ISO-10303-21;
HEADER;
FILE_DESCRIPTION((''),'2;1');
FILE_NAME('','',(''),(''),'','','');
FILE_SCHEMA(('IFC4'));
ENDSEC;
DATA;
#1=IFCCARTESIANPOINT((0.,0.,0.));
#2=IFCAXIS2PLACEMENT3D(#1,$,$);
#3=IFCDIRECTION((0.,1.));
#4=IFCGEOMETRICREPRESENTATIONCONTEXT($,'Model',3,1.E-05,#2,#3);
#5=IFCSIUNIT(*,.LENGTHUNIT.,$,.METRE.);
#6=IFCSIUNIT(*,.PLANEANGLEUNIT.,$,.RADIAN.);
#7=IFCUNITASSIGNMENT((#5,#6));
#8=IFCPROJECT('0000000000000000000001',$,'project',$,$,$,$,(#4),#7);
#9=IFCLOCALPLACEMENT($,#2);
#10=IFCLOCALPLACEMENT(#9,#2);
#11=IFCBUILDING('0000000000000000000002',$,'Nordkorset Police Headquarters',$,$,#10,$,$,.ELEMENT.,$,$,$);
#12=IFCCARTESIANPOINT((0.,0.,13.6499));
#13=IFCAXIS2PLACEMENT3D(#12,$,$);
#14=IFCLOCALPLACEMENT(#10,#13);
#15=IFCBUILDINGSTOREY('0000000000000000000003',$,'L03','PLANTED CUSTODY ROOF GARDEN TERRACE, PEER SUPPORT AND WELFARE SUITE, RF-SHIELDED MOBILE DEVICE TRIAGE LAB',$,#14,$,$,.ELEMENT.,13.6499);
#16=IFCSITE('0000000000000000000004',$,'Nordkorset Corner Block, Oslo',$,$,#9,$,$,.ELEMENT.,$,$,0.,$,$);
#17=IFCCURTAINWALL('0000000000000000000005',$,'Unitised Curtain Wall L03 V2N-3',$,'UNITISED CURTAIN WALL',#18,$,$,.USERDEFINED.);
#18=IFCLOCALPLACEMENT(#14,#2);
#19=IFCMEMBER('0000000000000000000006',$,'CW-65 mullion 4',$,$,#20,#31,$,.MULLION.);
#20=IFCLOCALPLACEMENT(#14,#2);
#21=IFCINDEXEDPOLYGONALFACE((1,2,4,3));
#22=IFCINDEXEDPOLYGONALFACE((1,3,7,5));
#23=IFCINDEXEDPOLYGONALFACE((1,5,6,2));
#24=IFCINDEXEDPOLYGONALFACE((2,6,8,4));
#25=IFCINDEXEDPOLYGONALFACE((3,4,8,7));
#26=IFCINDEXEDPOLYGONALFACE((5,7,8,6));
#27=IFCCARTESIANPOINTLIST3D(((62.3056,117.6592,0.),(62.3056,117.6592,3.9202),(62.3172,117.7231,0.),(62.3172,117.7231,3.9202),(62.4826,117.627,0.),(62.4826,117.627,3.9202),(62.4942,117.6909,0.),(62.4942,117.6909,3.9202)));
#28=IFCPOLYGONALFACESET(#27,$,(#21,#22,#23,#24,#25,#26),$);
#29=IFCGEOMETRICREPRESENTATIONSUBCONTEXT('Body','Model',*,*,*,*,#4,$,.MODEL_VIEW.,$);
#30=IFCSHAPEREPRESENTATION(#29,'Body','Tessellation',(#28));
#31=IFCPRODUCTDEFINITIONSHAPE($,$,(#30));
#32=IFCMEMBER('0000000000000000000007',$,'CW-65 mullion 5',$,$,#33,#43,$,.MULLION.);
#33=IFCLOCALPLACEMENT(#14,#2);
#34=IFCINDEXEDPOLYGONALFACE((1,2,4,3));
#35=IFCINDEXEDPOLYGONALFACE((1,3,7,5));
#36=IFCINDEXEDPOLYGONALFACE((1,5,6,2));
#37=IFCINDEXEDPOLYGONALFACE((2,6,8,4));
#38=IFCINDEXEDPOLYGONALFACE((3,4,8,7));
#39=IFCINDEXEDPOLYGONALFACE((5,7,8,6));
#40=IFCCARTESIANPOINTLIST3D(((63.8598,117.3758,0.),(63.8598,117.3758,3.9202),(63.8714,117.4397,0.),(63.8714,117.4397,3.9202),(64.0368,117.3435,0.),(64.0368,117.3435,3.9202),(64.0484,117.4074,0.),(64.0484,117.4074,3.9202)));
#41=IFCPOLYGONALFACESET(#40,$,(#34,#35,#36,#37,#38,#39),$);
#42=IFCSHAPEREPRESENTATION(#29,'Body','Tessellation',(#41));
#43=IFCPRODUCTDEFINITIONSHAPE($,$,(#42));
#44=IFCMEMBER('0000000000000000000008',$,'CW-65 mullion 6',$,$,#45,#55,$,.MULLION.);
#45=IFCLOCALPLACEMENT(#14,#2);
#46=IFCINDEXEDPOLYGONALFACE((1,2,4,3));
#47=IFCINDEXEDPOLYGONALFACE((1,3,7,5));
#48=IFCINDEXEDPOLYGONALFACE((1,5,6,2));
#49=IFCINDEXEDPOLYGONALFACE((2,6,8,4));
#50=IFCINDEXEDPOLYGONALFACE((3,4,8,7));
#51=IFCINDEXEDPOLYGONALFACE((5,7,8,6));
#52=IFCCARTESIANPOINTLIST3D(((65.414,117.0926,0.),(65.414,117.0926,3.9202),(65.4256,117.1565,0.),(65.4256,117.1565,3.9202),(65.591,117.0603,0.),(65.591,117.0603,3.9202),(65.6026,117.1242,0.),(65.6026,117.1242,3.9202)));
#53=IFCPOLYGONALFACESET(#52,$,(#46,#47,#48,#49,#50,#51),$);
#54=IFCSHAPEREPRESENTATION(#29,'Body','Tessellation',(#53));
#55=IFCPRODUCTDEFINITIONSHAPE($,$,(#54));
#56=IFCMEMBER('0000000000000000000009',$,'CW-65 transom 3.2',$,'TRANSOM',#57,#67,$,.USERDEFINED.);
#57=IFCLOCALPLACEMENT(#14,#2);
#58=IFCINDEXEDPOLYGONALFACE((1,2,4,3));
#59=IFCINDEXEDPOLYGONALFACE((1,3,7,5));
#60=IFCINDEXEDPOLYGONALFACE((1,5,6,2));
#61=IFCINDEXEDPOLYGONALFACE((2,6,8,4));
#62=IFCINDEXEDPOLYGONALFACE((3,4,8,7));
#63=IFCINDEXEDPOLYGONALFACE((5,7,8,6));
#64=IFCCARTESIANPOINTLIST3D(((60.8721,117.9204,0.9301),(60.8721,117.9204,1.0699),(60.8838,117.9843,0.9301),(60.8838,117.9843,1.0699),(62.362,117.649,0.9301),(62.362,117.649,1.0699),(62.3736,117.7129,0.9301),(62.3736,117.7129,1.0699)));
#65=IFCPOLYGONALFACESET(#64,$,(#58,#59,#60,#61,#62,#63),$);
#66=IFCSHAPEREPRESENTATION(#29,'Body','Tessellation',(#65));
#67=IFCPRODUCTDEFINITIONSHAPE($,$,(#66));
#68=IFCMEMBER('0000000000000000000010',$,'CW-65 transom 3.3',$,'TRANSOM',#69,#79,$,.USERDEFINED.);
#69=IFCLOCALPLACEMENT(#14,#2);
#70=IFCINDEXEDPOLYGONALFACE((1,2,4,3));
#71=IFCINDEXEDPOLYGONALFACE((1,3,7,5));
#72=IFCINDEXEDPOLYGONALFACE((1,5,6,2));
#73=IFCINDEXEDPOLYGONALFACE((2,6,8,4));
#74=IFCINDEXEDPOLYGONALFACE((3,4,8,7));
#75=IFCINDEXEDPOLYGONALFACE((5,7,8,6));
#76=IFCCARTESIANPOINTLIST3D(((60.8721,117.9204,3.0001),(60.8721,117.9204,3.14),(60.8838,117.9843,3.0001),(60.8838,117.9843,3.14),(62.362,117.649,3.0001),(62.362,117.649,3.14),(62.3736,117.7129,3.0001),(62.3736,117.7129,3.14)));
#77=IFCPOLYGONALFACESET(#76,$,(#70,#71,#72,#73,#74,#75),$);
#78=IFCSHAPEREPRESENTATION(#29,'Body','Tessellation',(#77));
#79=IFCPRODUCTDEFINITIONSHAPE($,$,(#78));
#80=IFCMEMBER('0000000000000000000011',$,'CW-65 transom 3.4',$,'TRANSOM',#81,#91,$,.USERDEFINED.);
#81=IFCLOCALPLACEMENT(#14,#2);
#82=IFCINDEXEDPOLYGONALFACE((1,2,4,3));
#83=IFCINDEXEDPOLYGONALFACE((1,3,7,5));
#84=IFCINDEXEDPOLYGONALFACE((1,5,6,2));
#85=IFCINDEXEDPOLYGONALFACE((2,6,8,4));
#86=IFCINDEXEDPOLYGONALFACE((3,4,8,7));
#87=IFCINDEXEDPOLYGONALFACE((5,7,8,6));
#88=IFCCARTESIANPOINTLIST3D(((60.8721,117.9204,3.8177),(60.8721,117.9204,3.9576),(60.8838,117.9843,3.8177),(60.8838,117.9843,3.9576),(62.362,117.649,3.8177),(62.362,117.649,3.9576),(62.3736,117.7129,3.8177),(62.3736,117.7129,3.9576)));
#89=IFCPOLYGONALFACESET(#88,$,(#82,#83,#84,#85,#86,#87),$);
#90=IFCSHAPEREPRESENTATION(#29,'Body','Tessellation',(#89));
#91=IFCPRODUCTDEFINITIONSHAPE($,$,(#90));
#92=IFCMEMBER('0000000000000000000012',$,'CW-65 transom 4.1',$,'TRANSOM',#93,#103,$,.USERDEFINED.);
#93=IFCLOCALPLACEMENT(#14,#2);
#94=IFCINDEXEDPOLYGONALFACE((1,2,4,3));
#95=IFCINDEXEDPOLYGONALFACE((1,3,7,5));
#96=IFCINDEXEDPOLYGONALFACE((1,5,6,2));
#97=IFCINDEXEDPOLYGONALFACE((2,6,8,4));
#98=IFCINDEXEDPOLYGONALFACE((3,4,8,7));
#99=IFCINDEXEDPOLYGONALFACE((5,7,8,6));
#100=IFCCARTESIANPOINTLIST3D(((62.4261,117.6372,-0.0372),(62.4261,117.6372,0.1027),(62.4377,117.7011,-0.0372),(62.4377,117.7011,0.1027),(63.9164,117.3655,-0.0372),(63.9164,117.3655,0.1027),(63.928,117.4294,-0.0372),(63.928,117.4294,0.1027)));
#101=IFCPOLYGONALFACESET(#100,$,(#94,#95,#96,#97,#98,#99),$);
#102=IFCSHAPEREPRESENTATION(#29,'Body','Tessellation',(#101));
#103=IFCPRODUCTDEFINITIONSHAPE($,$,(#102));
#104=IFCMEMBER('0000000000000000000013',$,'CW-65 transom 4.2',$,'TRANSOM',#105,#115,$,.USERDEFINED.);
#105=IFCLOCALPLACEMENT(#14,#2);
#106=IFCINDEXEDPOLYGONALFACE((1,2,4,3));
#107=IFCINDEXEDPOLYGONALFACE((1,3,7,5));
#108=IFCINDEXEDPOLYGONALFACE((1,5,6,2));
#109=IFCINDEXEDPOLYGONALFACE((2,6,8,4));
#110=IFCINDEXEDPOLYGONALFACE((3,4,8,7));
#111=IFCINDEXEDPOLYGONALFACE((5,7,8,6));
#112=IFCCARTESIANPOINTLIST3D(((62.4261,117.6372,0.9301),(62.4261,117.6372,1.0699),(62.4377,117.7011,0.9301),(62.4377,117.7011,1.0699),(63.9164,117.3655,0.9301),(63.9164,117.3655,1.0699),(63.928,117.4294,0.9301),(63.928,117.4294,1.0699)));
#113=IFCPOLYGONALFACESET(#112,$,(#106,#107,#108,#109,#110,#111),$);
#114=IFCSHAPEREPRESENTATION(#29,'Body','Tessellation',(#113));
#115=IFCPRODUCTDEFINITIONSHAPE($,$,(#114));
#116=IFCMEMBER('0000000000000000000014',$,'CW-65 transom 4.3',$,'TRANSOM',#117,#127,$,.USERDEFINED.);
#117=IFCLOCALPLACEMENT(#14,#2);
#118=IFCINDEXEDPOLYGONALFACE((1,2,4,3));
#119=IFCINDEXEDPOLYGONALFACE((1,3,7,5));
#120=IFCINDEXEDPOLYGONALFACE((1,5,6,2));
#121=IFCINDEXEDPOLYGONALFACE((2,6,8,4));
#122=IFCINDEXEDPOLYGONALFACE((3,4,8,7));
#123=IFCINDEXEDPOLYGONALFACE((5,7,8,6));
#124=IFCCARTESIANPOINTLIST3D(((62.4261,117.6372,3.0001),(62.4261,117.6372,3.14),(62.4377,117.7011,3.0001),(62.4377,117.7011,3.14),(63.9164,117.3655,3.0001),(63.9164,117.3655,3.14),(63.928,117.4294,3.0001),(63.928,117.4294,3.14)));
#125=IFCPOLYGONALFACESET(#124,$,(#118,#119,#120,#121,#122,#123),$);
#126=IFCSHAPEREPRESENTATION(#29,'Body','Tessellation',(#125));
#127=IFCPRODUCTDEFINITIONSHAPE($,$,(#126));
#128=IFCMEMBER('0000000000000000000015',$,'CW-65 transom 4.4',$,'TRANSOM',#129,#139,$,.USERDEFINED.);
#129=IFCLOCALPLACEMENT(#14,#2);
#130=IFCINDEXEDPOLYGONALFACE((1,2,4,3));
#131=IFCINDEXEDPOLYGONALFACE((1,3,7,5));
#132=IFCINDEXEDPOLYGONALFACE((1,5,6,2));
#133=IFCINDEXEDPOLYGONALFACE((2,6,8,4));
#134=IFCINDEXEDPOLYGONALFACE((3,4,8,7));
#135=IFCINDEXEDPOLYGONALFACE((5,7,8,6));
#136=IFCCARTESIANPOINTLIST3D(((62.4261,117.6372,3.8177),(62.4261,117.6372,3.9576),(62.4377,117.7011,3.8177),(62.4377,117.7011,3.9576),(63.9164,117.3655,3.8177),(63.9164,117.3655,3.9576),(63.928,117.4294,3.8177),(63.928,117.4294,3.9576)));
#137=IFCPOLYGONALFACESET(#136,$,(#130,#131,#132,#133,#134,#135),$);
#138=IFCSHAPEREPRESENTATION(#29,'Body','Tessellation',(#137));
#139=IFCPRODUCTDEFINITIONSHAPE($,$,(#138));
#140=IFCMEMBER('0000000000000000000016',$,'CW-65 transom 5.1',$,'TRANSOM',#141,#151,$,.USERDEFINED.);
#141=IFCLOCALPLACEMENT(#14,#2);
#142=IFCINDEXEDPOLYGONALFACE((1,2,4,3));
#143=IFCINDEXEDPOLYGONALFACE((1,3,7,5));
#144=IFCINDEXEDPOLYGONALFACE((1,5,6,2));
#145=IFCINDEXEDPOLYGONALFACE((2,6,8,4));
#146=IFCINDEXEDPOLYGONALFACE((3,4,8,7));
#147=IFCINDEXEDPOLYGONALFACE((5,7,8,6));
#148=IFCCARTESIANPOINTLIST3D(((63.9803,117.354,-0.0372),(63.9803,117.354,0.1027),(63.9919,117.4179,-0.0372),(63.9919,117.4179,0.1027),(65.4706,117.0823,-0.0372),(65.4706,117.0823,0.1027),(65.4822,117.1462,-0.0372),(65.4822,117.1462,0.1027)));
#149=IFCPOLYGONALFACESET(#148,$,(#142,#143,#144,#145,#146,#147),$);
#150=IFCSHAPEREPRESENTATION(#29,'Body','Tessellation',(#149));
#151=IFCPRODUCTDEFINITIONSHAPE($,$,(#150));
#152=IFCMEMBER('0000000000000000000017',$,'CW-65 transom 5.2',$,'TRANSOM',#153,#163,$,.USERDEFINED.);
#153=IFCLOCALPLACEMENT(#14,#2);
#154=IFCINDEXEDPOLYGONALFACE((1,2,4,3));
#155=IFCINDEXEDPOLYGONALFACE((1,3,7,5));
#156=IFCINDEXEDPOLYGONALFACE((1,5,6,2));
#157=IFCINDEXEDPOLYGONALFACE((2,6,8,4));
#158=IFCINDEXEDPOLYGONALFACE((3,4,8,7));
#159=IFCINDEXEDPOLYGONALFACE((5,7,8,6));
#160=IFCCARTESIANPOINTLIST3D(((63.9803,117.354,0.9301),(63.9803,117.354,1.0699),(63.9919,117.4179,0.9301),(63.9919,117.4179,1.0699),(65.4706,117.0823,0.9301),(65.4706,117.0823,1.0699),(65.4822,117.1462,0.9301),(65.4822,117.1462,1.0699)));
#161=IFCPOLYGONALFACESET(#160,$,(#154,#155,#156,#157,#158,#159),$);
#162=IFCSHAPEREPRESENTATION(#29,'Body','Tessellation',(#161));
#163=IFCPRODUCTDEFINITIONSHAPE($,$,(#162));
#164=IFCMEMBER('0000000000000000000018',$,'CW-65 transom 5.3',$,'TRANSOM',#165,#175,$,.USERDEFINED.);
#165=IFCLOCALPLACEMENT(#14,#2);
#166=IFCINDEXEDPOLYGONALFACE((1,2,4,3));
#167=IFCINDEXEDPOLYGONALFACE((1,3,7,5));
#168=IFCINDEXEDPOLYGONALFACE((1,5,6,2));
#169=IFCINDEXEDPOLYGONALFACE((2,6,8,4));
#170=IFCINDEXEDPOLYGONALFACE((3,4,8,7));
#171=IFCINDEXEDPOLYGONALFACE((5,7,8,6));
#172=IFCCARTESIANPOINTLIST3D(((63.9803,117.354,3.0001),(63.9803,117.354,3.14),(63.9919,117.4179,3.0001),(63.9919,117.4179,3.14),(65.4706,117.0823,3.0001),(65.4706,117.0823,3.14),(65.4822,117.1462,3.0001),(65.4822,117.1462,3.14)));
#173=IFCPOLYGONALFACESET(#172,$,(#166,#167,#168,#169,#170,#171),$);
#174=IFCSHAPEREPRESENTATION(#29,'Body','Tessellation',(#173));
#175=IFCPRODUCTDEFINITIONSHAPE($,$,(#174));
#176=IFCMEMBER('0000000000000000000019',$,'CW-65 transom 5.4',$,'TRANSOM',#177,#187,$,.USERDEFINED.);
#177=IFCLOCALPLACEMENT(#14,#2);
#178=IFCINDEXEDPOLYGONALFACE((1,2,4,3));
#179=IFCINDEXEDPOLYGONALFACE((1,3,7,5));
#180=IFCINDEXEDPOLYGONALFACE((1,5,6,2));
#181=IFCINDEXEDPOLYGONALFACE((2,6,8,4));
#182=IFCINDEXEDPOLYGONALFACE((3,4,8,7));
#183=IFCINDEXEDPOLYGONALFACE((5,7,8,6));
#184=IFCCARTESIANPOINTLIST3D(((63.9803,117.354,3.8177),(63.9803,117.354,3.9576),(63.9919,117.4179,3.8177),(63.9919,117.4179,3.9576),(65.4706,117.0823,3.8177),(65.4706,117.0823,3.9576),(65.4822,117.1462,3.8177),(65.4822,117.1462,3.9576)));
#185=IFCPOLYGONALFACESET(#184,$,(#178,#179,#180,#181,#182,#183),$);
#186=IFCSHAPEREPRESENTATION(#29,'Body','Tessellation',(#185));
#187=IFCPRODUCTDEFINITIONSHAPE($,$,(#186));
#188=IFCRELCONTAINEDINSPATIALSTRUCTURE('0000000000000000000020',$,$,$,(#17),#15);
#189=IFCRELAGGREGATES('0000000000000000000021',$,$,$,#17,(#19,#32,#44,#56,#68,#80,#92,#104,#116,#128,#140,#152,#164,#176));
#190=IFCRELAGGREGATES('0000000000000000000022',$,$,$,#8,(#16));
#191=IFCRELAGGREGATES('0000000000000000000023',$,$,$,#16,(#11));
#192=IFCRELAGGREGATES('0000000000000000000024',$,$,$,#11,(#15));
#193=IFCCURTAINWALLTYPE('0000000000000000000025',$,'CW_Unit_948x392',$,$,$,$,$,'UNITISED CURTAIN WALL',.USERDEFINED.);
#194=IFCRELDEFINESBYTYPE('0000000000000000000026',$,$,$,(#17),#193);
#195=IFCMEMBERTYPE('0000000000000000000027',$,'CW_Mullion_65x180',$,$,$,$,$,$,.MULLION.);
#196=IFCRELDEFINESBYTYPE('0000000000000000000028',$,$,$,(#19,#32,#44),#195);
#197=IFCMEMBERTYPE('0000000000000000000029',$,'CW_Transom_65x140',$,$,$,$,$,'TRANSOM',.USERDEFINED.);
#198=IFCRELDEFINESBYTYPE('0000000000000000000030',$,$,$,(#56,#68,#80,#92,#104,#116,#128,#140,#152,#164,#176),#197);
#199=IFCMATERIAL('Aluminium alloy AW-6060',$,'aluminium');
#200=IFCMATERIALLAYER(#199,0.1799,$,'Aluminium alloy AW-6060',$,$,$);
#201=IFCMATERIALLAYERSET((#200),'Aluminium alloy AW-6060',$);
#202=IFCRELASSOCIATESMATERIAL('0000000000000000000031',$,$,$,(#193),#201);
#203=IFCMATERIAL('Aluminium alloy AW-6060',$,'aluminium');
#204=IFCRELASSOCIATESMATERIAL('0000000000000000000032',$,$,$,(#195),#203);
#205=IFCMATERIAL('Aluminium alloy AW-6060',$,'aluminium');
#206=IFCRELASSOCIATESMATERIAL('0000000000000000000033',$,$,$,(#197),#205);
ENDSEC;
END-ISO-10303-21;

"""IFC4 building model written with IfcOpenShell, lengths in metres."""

from ifc_helpers import new_model, si_unit, direction, frame, origin, origin_2d, place, context, subcontext, project, spatial, rectangle, extrude, material, layer, layer_set, material_profile, profile_set, type_object, element, aggregate, save


model = new_model("IFC4")

# Units and contexts
model_context = context("Model", 3, precision=1e-05, world=origin(), true_north=direction((0.0, 1.0)))
body_context = subcontext(model_context, "Body", "Model", "MODEL_VIEW")
ifc_project = project(units=[si_unit("LENGTHUNIT", "METRE"), si_unit("PLANEANGLEUNIT", "RADIAN")], contexts=[model_context])

# Site, building, storey
site_placement = place(None, origin())
site = spatial("IfcSite", under=ifc_project, at=site_placement, Name="Nordkorset Corner Block, Oslo", CompositionType="ELEMENT", RefElevation=0.0)
building_placement = place(site_placement, origin())
building = spatial("IfcBuilding", under=site, at=building_placement, Name="Nordkorset Police Headquarters", CompositionType="ELEMENT")
storey_placement = place(building_placement, frame((0.0, 0.0, 13.6499)))
storey = spatial("IfcBuildingStorey", under=building, at=storey_placement, Name="L03", Description="PLANTED CUSTODY ROOF GARDEN TERRACE, PEER SUPPORT AND WELFARE SUITE, RF-SHIELDED MOBILE DEVICE TRIAGE LAB", CompositionType="ELEMENT", Elevation=13.6499)

# Curtain wall, members
ifc_material_1 = material(Name="Aluminium alloy AW-6060", Category="aluminium")
ifc_layer_1 = layer(ifc_material_1, 0.1799, Name="Aluminium alloy AW-6060")
ifc_layer_set_1 = layer_set([ifc_layer_1], Name="Aluminium alloy AW-6060")
curtain_wall_type = type_object("IfcCurtainWallType", Name="CW_Unit_948x392", ElementType="UNITISED CURTAIN WALL", PredefinedType="USERDEFINED", material=ifc_layer_set_1)
curtain_wall_placement = place(storey_placement, origin())
curtain_wall = element("IfcCurtainWall", 1, at=curtain_wall_placement, inside=storey, type_object=curtain_wall_type, Name="Unitised Curtain Wall L03 V2N-3", ObjectType="UNITISED CURTAIN WALL", PredefinedType="USERDEFINED")
ifc_material_2 = material(Name="Aluminium alloy AW-6060", Category="aluminium")
ifc_material_profile_1 = material_profile(ifc_material_2, rectangle(XDim=0.0649, YDim=0.1799, at=origin_2d()), Name="ALU MULL 65x180")
ifc_profile_set_1 = profile_set([ifc_material_profile_1], Name="Aluminium alloy AW-6060")
member_type_1 = type_object("IfcMemberType", Name="CW_Mullion_65x180", PredefinedType="MULLION", material=ifc_profile_set_1)
member_1_placement = place(storey_placement, frame((62.3999, 117.675, 0.0), z_axis=(0.0, 0.0, 1.0), x_axis=(0.179336, 0.983788, 0.0)))
member_1 = element("IfcMember", 2, at=member_1_placement, type_object=member_type_1, Name="CW-65 mullion 4", PredefinedType="MULLION", context=body_context, shape_type="SweptSolid", body=[
    extrude(rectangle(XDim=0.0649, YDim=0.1799, at=origin_2d()), origin(), (0.0, 0.0, 1.0), 3.9202),
])
member_2_placement = place(storey_placement, frame((63.9541, 117.3916, 0.0), z_axis=(0.0, 0.0, 1.0), x_axis=(0.179336, 0.983788, 0.0)))
member_2 = element("IfcMember", 3, at=member_2_placement, type_object=member_type_1, Name="CW-65 mullion 5", PredefinedType="MULLION", context=body_context, shape_type="SweptSolid", body=[
    extrude(rectangle(XDim=0.0649, YDim=0.1799, at=origin_2d()), origin(), (0.0, 0.0, 1.0), 3.9202),
])
member_3_placement = place(storey_placement, frame((65.5083, 117.1084, 0.0), z_axis=(0.0, 0.0, 1.0), x_axis=(0.179336, 0.983788, 0.0)))
member_3 = element("IfcMember", 4, at=member_3_placement, type_object=member_type_1, Name="CW-65 mullion 6", PredefinedType="MULLION", context=body_context, shape_type="SweptSolid", body=[
    extrude(rectangle(XDim=0.0649, YDim=0.1799, at=origin_2d()), origin(), (0.0, 0.0, 1.0), 3.9202),
])
ifc_material_3 = material(Name="Aluminium alloy AW-6060", Category="aluminium")
ifc_material_profile_2 = material_profile(ifc_material_3, rectangle(XDim=0.0649, YDim=0.1399, at=origin_2d()), Name="ALU TRAN 65x140")
ifc_profile_set_2 = profile_set([ifc_material_profile_2], Name="Aluminium alloy AW-6060")
member_type_2 = type_object("IfcMemberType", Name="CW_Transom_65x140", ElementType="TRANSOM", PredefinedType="USERDEFINED", material=ifc_profile_set_2)
member_4_placement = place(storey_placement, frame((60.8779, 117.9524, 1.0), z_axis=(0.983803, -0.179254, 0.0), x_axis=(0.179254, 0.983803, 0.0)))
member_4 = element("IfcMember", 5, at=member_4_placement, type_object=member_type_2, Name="CW-65 transom 3.2", ObjectType="TRANSOM", PredefinedType="USERDEFINED", context=body_context, shape_type="SweptSolid", body=[
    extrude(rectangle(XDim=0.0649, YDim=0.1399, at=origin_2d()), origin(), (0.0, 0.0, 1.0), 1.5144),
])
member_5_placement = place(storey_placement, frame((60.8779, 117.9524, 3.0701), z_axis=(0.983803, -0.179254, 0.0), x_axis=(0.179254, 0.983803, 0.0)))
member_5 = element("IfcMember", 6, at=member_5_placement, type_object=member_type_2, Name="CW-65 transom 3.3", ObjectType="TRANSOM", PredefinedType="USERDEFINED", context=body_context, shape_type="SweptSolid", body=[
    extrude(rectangle(XDim=0.0649, YDim=0.1399, at=origin_2d()), origin(), (0.0, 0.0, 1.0), 1.5144),
])
member_6_placement = place(storey_placement, frame((60.8779, 117.9524, 3.8877), z_axis=(0.983803, -0.179254, 0.0), x_axis=(0.179254, 0.983803, 0.0)))
member_6 = element("IfcMember", 7, at=member_6_placement, type_object=member_type_2, Name="CW-65 transom 3.4", ObjectType="TRANSOM", PredefinedType="USERDEFINED", context=body_context, shape_type="SweptSolid", body=[
    extrude(rectangle(XDim=0.0649, YDim=0.1399, at=origin_2d()), origin(), (0.0, 0.0, 1.0), 1.5144),
])
member_7_placement = place(storey_placement, frame((62.4319, 117.6692, 0.0327), z_axis=(0.98378, -0.179382, 0.0), x_axis=(0.179382, 0.98378, 0.0)))
member_7 = element("IfcMember", 8, at=member_7_placement, type_object=member_type_2, Name="CW-65 transom 4.1", ObjectType="TRANSOM", PredefinedType="USERDEFINED", context=body_context, shape_type="SweptSolid", body=[
    extrude(rectangle(XDim=0.0649, YDim=0.1399, at=origin_2d()), origin(), (0.0, 0.0, 1.0), 1.5149),
])
member_8_placement = place(storey_placement, frame((62.4319, 117.6692, 1.0), z_axis=(0.98378, -0.179382, 0.0), x_axis=(0.179382, 0.98378, 0.0)))
member_8 = element("IfcMember", 9, at=member_8_placement, type_object=member_type_2, Name="CW-65 transom 4.2", ObjectType="TRANSOM", PredefinedType="USERDEFINED", context=body_context, shape_type="SweptSolid", body=[
    extrude(rectangle(XDim=0.0649, YDim=0.1399, at=origin_2d()), origin(), (0.0, 0.0, 1.0), 1.5149),
])
member_9_placement = place(storey_placement, frame((62.4319, 117.6692, 3.0701), z_axis=(0.98378, -0.179382, 0.0), x_axis=(0.179382, 0.98378, 0.0)))
member_9 = element("IfcMember", 10, at=member_9_placement, type_object=member_type_2, Name="CW-65 transom 4.3", ObjectType="TRANSOM", PredefinedType="USERDEFINED", context=body_context, shape_type="SweptSolid", body=[
    extrude(rectangle(XDim=0.0649, YDim=0.1399, at=origin_2d()), origin(), (0.0, 0.0, 1.0), 1.5149),
])
member_10_placement = place(storey_placement, frame((62.4319, 117.6692, 3.8877), z_axis=(0.98378, -0.179382, 0.0), x_axis=(0.179382, 0.98378, 0.0)))
member_10 = element("IfcMember", 11, at=member_10_placement, type_object=member_type_2, Name="CW-65 transom 4.4", ObjectType="TRANSOM", PredefinedType="USERDEFINED", context=body_context, shape_type="SweptSolid", body=[
    extrude(rectangle(XDim=0.0649, YDim=0.1399, at=origin_2d()), origin(), (0.0, 0.0, 1.0), 1.5149),
])
member_11_placement = place(storey_placement, frame((63.9861, 117.386, 0.0327), z_axis=(0.98378, -0.179382, 0.0), x_axis=(0.179382, 0.98378, 0.0)))
member_11 = element("IfcMember", 12, at=member_11_placement, type_object=member_type_2, Name="CW-65 transom 5.1", ObjectType="TRANSOM", PredefinedType="USERDEFINED", context=body_context, shape_type="SweptSolid", body=[
    extrude(rectangle(XDim=0.0649, YDim=0.1399, at=origin_2d()), origin(), (0.0, 0.0, 1.0), 1.5149),
])
member_12_placement = place(storey_placement, frame((63.9861, 117.386, 1.0), z_axis=(0.98378, -0.179382, 0.0), x_axis=(0.179382, 0.98378, 0.0)))
member_12 = element("IfcMember", 13, at=member_12_placement, type_object=member_type_2, Name="CW-65 transom 5.2", ObjectType="TRANSOM", PredefinedType="USERDEFINED", context=body_context, shape_type="SweptSolid", body=[
    extrude(rectangle(XDim=0.0649, YDim=0.1399, at=origin_2d()), origin(), (0.0, 0.0, 1.0), 1.5149),
])
member_13_placement = place(storey_placement, frame((63.9861, 117.386, 3.0701), z_axis=(0.98378, -0.179382, 0.0), x_axis=(0.179382, 0.98378, 0.0)))
member_13 = element("IfcMember", 14, at=member_13_placement, type_object=member_type_2, Name="CW-65 transom 5.3", ObjectType="TRANSOM", PredefinedType="USERDEFINED", context=body_context, shape_type="SweptSolid", body=[
    extrude(rectangle(XDim=0.0649, YDim=0.1399, at=origin_2d()), origin(), (0.0, 0.0, 1.0), 1.5149),
])
member_14_placement = place(storey_placement, frame((63.9861, 117.386, 3.8877), z_axis=(0.98378, -0.179382, 0.0), x_axis=(0.179382, 0.98378, 0.0)))
member_14 = element("IfcMember", 15, at=member_14_placement, type_object=member_type_2, Name="CW-65 transom 5.4", ObjectType="TRANSOM", PredefinedType="USERDEFINED", context=body_context, shape_type="SweptSolid", body=[
    extrude(rectangle(XDim=0.0649, YDim=0.1399, at=origin_2d()), origin(), (0.0, 0.0, 1.0), 1.5149),
])
aggregate(curtain_wall, [member_1, member_2, member_3, member_4, member_5, member_6, member_7, member_8, member_9, member_10, member_11, member_12, member_13, member_14])

save(model, "model.ifc")
